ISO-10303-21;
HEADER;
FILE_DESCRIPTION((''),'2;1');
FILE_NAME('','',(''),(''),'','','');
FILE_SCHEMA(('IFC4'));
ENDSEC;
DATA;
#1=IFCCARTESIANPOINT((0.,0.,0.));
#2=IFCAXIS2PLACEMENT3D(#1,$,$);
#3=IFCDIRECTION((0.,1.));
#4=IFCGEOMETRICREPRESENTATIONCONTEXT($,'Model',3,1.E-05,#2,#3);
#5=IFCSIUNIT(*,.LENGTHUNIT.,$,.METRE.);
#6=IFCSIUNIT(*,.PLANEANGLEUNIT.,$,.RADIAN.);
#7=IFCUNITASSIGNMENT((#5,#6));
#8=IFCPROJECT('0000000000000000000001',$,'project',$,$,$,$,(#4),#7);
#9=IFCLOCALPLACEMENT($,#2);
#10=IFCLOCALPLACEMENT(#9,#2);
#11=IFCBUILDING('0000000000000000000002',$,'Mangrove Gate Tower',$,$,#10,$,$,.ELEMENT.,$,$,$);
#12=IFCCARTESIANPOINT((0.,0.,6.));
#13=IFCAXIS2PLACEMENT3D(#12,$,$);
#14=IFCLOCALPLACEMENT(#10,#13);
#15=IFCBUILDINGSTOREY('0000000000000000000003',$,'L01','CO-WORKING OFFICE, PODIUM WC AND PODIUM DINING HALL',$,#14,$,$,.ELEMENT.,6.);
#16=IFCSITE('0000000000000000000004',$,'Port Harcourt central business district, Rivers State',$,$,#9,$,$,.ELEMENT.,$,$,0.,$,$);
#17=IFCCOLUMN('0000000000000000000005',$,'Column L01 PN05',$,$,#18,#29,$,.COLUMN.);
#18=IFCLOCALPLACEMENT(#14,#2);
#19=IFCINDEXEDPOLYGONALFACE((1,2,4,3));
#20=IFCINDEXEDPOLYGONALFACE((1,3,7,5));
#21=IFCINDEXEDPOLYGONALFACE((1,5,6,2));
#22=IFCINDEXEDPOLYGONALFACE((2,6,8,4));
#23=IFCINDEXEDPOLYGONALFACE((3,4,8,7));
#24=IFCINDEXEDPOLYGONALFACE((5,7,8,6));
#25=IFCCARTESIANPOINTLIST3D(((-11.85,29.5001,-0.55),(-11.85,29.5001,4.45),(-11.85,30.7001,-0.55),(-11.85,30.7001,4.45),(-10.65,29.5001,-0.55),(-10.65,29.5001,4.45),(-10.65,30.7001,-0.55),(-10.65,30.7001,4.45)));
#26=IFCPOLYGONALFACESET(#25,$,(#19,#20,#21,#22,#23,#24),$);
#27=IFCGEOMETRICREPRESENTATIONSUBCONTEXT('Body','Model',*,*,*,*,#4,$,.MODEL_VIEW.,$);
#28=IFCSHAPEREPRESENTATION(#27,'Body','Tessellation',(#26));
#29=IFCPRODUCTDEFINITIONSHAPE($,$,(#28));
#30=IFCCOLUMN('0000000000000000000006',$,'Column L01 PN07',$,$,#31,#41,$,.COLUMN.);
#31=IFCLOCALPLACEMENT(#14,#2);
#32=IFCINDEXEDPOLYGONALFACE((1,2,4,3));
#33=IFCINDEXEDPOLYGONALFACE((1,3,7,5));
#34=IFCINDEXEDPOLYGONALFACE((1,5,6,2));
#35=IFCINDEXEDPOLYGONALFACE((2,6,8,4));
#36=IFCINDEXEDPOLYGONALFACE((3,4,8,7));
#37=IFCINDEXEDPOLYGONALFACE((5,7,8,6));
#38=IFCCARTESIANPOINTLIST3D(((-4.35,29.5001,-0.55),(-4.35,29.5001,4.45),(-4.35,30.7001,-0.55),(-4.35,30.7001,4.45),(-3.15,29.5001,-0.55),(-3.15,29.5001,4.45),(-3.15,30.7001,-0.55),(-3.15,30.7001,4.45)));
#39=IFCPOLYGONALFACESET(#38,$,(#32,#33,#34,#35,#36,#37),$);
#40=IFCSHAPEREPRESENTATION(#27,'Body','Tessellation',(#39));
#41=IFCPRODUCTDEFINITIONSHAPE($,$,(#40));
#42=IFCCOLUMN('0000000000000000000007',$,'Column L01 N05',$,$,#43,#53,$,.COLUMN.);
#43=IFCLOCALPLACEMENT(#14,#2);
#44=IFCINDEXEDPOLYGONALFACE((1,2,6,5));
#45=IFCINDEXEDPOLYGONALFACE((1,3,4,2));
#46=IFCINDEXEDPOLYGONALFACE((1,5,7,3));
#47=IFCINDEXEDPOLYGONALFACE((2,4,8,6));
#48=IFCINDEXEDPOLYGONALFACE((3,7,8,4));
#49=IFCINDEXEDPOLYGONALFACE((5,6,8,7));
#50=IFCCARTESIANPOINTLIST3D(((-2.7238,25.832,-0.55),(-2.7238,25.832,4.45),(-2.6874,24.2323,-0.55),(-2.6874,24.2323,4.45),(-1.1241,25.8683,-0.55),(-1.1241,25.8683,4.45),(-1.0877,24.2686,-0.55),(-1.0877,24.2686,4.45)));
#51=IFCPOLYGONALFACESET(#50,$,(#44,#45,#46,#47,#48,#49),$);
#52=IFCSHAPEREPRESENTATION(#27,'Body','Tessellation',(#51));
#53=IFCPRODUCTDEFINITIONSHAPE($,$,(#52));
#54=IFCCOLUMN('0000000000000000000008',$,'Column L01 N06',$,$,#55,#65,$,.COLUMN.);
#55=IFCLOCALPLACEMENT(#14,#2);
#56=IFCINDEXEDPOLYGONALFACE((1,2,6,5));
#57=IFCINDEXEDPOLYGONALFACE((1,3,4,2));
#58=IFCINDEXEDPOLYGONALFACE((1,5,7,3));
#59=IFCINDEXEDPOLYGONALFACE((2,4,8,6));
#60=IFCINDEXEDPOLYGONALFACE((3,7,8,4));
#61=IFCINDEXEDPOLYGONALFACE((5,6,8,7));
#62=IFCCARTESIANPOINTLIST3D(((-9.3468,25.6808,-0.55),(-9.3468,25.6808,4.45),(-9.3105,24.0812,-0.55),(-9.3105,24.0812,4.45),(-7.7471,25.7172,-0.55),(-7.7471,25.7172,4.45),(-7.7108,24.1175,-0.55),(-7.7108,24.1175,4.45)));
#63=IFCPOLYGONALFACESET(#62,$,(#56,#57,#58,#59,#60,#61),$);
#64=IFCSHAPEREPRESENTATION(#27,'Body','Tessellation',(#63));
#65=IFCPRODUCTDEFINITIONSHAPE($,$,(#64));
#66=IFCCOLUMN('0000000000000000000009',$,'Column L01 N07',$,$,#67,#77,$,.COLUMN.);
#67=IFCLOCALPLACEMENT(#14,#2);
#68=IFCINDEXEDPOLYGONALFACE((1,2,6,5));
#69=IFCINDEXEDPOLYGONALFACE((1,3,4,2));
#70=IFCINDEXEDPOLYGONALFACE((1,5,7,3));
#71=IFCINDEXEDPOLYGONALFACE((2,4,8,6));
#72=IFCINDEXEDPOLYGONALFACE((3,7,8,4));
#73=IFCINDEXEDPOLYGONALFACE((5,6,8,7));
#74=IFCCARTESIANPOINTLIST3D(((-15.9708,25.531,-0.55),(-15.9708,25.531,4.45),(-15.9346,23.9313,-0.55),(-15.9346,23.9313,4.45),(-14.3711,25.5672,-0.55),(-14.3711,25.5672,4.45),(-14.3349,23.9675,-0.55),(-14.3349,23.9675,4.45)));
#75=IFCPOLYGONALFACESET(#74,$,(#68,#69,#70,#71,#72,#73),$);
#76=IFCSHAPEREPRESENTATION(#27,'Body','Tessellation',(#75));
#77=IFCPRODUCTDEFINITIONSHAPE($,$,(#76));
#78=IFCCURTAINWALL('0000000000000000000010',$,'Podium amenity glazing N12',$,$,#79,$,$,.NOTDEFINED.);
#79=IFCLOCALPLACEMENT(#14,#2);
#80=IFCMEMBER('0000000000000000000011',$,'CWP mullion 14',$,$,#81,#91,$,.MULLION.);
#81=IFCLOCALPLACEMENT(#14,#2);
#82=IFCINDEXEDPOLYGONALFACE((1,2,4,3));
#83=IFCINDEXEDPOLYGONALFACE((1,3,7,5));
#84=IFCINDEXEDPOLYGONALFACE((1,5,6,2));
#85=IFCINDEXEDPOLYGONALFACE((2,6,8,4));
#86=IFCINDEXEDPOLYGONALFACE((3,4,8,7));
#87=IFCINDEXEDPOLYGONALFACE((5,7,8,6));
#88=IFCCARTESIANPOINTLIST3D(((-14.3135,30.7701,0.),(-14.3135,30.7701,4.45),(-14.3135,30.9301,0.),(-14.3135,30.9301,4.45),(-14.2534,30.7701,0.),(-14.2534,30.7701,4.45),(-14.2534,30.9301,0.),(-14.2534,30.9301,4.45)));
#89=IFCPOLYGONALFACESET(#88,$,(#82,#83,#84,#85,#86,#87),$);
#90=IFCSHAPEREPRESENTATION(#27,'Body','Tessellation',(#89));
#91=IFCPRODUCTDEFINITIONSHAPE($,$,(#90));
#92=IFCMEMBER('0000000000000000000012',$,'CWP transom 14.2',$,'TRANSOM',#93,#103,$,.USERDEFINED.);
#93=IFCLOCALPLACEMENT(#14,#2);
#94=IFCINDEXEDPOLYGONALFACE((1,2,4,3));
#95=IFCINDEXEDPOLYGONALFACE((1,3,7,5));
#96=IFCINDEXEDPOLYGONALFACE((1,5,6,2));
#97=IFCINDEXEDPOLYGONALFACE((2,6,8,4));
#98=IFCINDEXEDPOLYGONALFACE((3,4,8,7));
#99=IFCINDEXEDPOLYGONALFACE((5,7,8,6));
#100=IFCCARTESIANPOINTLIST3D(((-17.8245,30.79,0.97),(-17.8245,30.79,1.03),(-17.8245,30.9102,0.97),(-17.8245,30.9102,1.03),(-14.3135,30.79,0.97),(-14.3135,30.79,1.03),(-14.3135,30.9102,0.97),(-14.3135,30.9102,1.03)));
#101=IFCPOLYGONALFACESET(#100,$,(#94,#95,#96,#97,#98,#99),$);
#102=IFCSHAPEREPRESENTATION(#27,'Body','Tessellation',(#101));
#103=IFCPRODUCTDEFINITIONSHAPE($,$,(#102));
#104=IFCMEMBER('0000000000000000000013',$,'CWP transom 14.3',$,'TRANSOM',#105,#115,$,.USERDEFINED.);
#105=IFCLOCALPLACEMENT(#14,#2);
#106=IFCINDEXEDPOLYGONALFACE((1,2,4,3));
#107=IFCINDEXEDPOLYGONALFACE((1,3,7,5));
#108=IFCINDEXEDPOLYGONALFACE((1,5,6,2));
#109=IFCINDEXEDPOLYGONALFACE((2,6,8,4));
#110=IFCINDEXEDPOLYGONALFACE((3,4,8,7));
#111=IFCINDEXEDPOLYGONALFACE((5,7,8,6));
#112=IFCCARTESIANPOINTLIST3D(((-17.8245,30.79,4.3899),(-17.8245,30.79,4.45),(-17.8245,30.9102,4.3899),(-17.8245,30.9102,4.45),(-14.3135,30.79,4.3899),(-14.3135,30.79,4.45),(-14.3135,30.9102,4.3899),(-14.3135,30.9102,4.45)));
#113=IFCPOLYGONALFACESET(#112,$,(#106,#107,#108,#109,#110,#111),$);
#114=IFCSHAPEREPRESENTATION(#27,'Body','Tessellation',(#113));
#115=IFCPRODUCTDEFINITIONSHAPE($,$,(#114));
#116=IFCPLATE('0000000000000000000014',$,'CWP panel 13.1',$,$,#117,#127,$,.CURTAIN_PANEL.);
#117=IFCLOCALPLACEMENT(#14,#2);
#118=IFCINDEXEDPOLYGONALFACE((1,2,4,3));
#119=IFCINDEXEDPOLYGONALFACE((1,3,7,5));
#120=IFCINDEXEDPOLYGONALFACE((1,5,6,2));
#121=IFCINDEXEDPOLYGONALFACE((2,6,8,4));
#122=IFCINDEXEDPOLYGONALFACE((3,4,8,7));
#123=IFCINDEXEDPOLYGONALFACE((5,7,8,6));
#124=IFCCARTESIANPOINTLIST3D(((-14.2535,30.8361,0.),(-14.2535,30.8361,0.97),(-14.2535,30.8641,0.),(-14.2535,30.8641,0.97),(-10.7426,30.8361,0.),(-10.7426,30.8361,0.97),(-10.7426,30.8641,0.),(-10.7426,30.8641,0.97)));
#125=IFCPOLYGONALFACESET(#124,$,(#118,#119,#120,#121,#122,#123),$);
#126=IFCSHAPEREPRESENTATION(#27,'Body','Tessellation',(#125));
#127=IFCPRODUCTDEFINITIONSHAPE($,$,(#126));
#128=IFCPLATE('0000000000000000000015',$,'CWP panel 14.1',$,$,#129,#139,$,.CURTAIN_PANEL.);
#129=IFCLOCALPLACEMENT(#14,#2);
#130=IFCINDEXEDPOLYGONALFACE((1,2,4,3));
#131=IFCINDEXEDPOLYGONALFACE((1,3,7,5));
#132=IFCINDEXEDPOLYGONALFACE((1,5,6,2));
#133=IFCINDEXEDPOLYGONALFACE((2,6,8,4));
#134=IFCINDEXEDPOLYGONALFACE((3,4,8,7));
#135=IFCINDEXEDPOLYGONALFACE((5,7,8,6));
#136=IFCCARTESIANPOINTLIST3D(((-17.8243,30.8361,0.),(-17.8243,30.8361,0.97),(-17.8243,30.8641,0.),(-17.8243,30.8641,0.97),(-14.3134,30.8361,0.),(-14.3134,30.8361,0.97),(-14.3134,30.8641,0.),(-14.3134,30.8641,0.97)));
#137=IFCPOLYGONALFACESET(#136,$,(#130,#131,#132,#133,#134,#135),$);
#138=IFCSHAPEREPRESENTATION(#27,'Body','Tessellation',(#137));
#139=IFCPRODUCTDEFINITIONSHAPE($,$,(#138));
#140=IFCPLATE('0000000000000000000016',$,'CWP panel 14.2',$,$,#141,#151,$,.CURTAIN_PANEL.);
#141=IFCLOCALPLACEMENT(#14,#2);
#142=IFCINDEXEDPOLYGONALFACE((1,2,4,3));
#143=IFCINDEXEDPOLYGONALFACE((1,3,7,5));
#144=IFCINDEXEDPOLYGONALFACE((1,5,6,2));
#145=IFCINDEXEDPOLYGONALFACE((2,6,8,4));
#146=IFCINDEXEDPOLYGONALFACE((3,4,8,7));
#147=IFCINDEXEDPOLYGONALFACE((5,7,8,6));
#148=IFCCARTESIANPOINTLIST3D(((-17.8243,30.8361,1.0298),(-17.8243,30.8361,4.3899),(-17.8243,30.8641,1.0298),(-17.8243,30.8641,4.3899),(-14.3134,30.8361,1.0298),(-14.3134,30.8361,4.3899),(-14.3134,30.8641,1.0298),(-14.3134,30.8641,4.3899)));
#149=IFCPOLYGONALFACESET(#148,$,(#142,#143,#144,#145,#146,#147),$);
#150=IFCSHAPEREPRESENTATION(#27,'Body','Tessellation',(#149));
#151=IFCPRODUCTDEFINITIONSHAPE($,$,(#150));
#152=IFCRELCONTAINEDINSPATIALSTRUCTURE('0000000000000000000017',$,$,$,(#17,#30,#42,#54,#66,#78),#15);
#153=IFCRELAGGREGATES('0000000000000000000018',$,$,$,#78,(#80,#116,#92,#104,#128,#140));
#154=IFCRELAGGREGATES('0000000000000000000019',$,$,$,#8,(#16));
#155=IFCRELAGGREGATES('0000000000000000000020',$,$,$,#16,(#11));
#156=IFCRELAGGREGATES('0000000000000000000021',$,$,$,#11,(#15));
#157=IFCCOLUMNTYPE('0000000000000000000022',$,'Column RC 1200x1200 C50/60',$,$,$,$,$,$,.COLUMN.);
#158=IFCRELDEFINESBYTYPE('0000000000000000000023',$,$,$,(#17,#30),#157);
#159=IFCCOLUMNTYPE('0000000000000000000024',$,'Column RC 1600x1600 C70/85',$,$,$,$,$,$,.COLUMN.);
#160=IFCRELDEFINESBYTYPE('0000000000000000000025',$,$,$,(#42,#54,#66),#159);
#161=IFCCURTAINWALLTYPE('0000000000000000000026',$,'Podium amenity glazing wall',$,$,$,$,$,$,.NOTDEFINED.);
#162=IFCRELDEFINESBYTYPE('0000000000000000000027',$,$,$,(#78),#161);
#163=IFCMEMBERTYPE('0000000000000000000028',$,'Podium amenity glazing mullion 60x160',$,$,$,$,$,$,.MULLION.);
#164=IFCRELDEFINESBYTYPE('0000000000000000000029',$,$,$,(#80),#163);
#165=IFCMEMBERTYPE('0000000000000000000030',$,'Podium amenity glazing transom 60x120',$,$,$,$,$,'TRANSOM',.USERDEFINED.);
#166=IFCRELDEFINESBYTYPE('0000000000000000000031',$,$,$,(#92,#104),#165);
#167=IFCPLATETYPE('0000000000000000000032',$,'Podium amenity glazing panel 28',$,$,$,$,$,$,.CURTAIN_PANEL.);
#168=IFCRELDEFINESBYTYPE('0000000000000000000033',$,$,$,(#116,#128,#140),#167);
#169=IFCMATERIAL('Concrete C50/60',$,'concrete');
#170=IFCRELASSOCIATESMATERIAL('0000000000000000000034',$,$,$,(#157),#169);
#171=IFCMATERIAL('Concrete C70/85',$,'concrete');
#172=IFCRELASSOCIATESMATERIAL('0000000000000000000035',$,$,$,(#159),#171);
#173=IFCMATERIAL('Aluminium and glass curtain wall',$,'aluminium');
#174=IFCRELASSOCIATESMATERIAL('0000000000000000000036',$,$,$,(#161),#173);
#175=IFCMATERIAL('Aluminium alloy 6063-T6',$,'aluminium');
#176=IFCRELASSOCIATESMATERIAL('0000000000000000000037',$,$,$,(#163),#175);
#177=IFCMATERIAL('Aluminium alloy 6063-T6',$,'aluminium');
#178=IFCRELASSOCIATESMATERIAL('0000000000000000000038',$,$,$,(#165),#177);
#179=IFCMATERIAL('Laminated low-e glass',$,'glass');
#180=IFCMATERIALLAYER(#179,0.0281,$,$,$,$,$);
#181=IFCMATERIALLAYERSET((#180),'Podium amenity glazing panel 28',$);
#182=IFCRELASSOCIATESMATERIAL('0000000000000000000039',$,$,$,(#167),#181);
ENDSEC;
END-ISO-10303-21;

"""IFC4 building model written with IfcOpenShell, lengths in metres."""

from ifc_helpers import new_model, si_unit, direction, frame, origin, origin_2d, place, context, subcontext, project, spatial, rectangle, extrude, material, layer, layer_set, material_profile, profile_set, type_object, element, aggregate, save


model = new_model("IFC4")

# Units and contexts
model_context = context("Model", 3, precision=1e-05, world=origin(), true_north=direction((0.0, 1.0)))
body_context = subcontext(model_context, "Body", "Model", "MODEL_VIEW")
ifc_project = project(units=[si_unit("LENGTHUNIT", "METRE"), si_unit("PLANEANGLEUNIT", "RADIAN")], contexts=[model_context])

# Site, building, storey
site_placement = place(None, origin())
site = spatial("IfcSite", under=ifc_project, at=site_placement, Name="Port Harcourt central business district, Rivers State", CompositionType="ELEMENT", RefElevation=0.0)
building_placement = place(site_placement, origin())
building = spatial("IfcBuilding", under=site, at=building_placement, Name="Mangrove Gate Tower", CompositionType="ELEMENT")
storey_placement = place(building_placement, frame((0.0, 0.0, 6.0)))
storey = spatial("IfcBuildingStorey", under=building, at=storey_placement, Name="L01", Description="CO-WORKING OFFICE, PODIUM WC AND PODIUM DINING HALL", CompositionType="ELEMENT", Elevation=6.0)

# Columns
ifc_material_1 = material(Name="Concrete C50/60", Category="concrete")
ifc_material_profile_1 = material_profile(ifc_material_1, rectangle(XDim=1.2, YDim=1.2, at=origin_2d()))
ifc_profile_set_1 = profile_set([ifc_material_profile_1], Name="Concrete C50/60")
column_type_1 = type_object("IfcColumnType", Name="Column RC 1200x1200 C50/60", PredefinedType="COLUMN", material=ifc_profile_set_1)
for number, where, z_axis, x_axis, name in (
    (1, (-11.25, 30.1001, -0.55), (0.0, 0.0, 1.0), (1.0, 0.0, 0.0), "Column L01 PN05"),
    (2, (-3.75, 30.1001, -0.55), (0.0, 0.0, 1.0), (1.0, 0.0, 0.0), "Column L01 PN07"),
):
    element("IfcColumn", number, at=place(storey_placement, frame(where, z_axis=z_axis, x_axis=x_axis)), inside=storey, type_object=column_type_1, Name=name, PredefinedType="COLUMN", context=body_context, shape_type="SweptSolid", body=[
        extrude(rectangle(XDim=1.2, YDim=1.2, at=origin_2d()), origin(), (0.0, 0.0, 1.0), 5.0),
    ])
ifc_material_2 = material(Name="Concrete C70/85", Category="concrete")
ifc_material_profile_2 = material_profile(ifc_material_2, rectangle(XDim=1.6001, YDim=1.6001, at=origin_2d()))
ifc_profile_set_2 = profile_set([ifc_material_profile_2], Name="Concrete C70/85")
column_type_2 = type_object("IfcColumnType", Name="Column RC 1600x1600 C70/85", PredefinedType="COLUMN", material=ifc_profile_set_2)
for number, where, z_axis, x_axis, name in (
    (3, (-1.9058, 25.0503, -0.55), (0.0, 0.0, 1.0), (-0.999742, -0.022718, 0.0), "Column L01 N05"),
    (4, (-8.5288, 24.8992, -0.55), (0.0, 0.0, 1.0), (-0.999742, -0.022716, 0.0), "Column L01 N06"),
    (5, (-15.1528, 24.7493, -0.55), (0.0, 0.0, 1.0), (-0.999744, -0.022641, 0.0), "Column L01 N07"),
):
    element("IfcColumn", number, at=place(storey_placement, frame(where, z_axis=z_axis, x_axis=x_axis)), inside=storey, type_object=column_type_2, Name=name, PredefinedType="COLUMN", context=body_context, shape_type="SweptSolid", body=[
        extrude(rectangle(XDim=1.6001, YDim=1.6001, at=origin_2d()), origin(), (0.0, 0.0, 1.0), 5.0),
    ])

# Curtain wall, members, plates
ifc_material_3 = material(Name="Aluminium and glass curtain wall", Category="aluminium")
curtain_wall_type = type_object("IfcCurtainWallType", Name="Podium amenity glazing wall", PredefinedType="NOTDEFINED", material=ifc_material_3)
curtain_wall_placement = place(storey_placement, origin())
curtain_wall = element("IfcCurtainWall", 6, at=curtain_wall_placement, inside=storey, type_object=curtain_wall_type, Name="Podium amenity glazing N12", PredefinedType="NOTDEFINED")
ifc_material_4 = material(Name="Aluminium alloy 6063-T6", Category="aluminium")
ifc_material_profile_3 = material_profile(ifc_material_4, rectangle(XDim=0.0601, YDim=0.1599, at=origin_2d()))
ifc_profile_set_3 = profile_set([ifc_material_profile_3], Name="Aluminium alloy 6063-T6")
member_type_1 = type_object("IfcMemberType", Name="Podium amenity glazing mullion 60x160", PredefinedType="MULLION", material=ifc_profile_set_3)
member_1_placement = place(storey_placement, frame((-14.2834, 30.8501, 0.0), z_axis=(0.0, 0.0, 1.0), x_axis=(-1.0, 0.0, 0.0)))
member_1 = element("IfcMember", 7, at=member_1_placement, type_object=member_type_1, Name="CWP mullion 14", PredefinedType="MULLION", context=body_context, shape_type="SweptSolid", body=[
    extrude(rectangle(XDim=0.0601, YDim=0.1599, at=origin_2d()), origin(), (0.0, 0.0, 1.0), 4.45),
])
ifc_material_5 = material(Name="Aluminium alloy 6063-T6", Category="aluminium")
ifc_material_profile_4 = material_profile(ifc_material_5, rectangle(XDim=0.0601, YDim=0.1201, at=origin_2d()))
ifc_profile_set_4 = profile_set([ifc_material_profile_4], Name="Aluminium alloy 6063-T6")
member_type_2 = type_object("IfcMemberType", Name="Podium amenity glazing transom 60x120", ElementType="TRANSOM", PredefinedType="USERDEFINED", material=ifc_profile_set_4)
member_2_placement = place(storey_placement, frame((-14.3135, 30.8501, 1.0), z_axis=(-1.0, 0.0, 0.0), x_axis=(0.0, 0.0, 1.0)))
member_2 = element("IfcMember", 8, at=member_2_placement, type_object=member_type_2, Name="CWP transom 14.2", ObjectType="TRANSOM", PredefinedType="USERDEFINED", context=body_context, shape_type="SweptSolid", body=[
    extrude(rectangle(XDim=0.0601, YDim=0.1201, at=origin_2d()), origin(), (0.0, 0.0, 1.0), 3.511),
])
member_3_placement = place(storey_placement, frame((-14.3135, 30.8501, 4.4199), z_axis=(-1.0, 0.0, 0.0), x_axis=(0.0, 0.0, 1.0)))
member_3 = element("IfcMember", 9, at=member_3_placement, type_object=member_type_2, Name="CWP transom 14.3", ObjectType="TRANSOM", PredefinedType="USERDEFINED", context=body_context, shape_type="SweptSolid", body=[
    extrude(rectangle(XDim=0.0601, YDim=0.1201, at=origin_2d()), origin(), (0.0, 0.0, 1.0), 3.511),
])
ifc_material_6 = material(Name="Laminated low-e glass", Category="glass")
ifc_layer_1 = layer(ifc_material_6, 0.0281)
ifc_layer_set_1 = layer_set([ifc_layer_1], Name="Podium amenity glazing panel 28")
plate_type = type_object("IfcPlateType", Name="Podium amenity glazing panel 28", PredefinedType="CURTAIN_PANEL", material=ifc_layer_set_1)
plate_1_placement = place(storey_placement, frame((-12.498, 30.8501, 0.0), z_axis=(0.0, 0.0, 1.0), x_axis=(-1.0, 0.0, 0.0)))
plate_1 = element("IfcPlate", 10, at=plate_1_placement, type_object=plate_type, Name="CWP panel 13.1", PredefinedType="CURTAIN_PANEL", context=body_context, shape_type="SweptSolid", body=[
    extrude(rectangle(XDim=3.511, YDim=0.0281, at=origin_2d()), origin(), (0.0, 0.0, 1.0), 0.97),
])
plate_2_placement = place(storey_placement, frame((-16.0688, 30.8501, 0.0), z_axis=(0.0, 0.0, 1.0), x_axis=(-1.0, 0.0, 0.0)))
plate_2 = element("IfcPlate", 11, at=plate_2_placement, type_object=plate_type, Name="CWP panel 14.1", PredefinedType="CURTAIN_PANEL", context=body_context, shape_type="SweptSolid", body=[
    extrude(rectangle(XDim=3.511, YDim=0.0281, at=origin_2d()), origin(), (0.0, 0.0, 1.0), 0.97),
])
plate_3_placement = place(storey_placement, frame((-16.0688, 30.8501, 1.0298), z_axis=(0.0, 0.0, 1.0), x_axis=(-1.0, 0.0, 0.0)))
plate_3 = element("IfcPlate", 12, at=plate_3_placement, type_object=plate_type, Name="CWP panel 14.2", PredefinedType="CURTAIN_PANEL", context=body_context, shape_type="SweptSolid", body=[
    extrude(rectangle(XDim=3.511, YDim=0.0281, at=origin_2d()), origin(), (0.0, 0.0, 1.0), 3.3601),
])
aggregate(curtain_wall, [member_1, plate_1, member_2, member_3, plate_2, plate_3])

save(model, "model.ifc")
